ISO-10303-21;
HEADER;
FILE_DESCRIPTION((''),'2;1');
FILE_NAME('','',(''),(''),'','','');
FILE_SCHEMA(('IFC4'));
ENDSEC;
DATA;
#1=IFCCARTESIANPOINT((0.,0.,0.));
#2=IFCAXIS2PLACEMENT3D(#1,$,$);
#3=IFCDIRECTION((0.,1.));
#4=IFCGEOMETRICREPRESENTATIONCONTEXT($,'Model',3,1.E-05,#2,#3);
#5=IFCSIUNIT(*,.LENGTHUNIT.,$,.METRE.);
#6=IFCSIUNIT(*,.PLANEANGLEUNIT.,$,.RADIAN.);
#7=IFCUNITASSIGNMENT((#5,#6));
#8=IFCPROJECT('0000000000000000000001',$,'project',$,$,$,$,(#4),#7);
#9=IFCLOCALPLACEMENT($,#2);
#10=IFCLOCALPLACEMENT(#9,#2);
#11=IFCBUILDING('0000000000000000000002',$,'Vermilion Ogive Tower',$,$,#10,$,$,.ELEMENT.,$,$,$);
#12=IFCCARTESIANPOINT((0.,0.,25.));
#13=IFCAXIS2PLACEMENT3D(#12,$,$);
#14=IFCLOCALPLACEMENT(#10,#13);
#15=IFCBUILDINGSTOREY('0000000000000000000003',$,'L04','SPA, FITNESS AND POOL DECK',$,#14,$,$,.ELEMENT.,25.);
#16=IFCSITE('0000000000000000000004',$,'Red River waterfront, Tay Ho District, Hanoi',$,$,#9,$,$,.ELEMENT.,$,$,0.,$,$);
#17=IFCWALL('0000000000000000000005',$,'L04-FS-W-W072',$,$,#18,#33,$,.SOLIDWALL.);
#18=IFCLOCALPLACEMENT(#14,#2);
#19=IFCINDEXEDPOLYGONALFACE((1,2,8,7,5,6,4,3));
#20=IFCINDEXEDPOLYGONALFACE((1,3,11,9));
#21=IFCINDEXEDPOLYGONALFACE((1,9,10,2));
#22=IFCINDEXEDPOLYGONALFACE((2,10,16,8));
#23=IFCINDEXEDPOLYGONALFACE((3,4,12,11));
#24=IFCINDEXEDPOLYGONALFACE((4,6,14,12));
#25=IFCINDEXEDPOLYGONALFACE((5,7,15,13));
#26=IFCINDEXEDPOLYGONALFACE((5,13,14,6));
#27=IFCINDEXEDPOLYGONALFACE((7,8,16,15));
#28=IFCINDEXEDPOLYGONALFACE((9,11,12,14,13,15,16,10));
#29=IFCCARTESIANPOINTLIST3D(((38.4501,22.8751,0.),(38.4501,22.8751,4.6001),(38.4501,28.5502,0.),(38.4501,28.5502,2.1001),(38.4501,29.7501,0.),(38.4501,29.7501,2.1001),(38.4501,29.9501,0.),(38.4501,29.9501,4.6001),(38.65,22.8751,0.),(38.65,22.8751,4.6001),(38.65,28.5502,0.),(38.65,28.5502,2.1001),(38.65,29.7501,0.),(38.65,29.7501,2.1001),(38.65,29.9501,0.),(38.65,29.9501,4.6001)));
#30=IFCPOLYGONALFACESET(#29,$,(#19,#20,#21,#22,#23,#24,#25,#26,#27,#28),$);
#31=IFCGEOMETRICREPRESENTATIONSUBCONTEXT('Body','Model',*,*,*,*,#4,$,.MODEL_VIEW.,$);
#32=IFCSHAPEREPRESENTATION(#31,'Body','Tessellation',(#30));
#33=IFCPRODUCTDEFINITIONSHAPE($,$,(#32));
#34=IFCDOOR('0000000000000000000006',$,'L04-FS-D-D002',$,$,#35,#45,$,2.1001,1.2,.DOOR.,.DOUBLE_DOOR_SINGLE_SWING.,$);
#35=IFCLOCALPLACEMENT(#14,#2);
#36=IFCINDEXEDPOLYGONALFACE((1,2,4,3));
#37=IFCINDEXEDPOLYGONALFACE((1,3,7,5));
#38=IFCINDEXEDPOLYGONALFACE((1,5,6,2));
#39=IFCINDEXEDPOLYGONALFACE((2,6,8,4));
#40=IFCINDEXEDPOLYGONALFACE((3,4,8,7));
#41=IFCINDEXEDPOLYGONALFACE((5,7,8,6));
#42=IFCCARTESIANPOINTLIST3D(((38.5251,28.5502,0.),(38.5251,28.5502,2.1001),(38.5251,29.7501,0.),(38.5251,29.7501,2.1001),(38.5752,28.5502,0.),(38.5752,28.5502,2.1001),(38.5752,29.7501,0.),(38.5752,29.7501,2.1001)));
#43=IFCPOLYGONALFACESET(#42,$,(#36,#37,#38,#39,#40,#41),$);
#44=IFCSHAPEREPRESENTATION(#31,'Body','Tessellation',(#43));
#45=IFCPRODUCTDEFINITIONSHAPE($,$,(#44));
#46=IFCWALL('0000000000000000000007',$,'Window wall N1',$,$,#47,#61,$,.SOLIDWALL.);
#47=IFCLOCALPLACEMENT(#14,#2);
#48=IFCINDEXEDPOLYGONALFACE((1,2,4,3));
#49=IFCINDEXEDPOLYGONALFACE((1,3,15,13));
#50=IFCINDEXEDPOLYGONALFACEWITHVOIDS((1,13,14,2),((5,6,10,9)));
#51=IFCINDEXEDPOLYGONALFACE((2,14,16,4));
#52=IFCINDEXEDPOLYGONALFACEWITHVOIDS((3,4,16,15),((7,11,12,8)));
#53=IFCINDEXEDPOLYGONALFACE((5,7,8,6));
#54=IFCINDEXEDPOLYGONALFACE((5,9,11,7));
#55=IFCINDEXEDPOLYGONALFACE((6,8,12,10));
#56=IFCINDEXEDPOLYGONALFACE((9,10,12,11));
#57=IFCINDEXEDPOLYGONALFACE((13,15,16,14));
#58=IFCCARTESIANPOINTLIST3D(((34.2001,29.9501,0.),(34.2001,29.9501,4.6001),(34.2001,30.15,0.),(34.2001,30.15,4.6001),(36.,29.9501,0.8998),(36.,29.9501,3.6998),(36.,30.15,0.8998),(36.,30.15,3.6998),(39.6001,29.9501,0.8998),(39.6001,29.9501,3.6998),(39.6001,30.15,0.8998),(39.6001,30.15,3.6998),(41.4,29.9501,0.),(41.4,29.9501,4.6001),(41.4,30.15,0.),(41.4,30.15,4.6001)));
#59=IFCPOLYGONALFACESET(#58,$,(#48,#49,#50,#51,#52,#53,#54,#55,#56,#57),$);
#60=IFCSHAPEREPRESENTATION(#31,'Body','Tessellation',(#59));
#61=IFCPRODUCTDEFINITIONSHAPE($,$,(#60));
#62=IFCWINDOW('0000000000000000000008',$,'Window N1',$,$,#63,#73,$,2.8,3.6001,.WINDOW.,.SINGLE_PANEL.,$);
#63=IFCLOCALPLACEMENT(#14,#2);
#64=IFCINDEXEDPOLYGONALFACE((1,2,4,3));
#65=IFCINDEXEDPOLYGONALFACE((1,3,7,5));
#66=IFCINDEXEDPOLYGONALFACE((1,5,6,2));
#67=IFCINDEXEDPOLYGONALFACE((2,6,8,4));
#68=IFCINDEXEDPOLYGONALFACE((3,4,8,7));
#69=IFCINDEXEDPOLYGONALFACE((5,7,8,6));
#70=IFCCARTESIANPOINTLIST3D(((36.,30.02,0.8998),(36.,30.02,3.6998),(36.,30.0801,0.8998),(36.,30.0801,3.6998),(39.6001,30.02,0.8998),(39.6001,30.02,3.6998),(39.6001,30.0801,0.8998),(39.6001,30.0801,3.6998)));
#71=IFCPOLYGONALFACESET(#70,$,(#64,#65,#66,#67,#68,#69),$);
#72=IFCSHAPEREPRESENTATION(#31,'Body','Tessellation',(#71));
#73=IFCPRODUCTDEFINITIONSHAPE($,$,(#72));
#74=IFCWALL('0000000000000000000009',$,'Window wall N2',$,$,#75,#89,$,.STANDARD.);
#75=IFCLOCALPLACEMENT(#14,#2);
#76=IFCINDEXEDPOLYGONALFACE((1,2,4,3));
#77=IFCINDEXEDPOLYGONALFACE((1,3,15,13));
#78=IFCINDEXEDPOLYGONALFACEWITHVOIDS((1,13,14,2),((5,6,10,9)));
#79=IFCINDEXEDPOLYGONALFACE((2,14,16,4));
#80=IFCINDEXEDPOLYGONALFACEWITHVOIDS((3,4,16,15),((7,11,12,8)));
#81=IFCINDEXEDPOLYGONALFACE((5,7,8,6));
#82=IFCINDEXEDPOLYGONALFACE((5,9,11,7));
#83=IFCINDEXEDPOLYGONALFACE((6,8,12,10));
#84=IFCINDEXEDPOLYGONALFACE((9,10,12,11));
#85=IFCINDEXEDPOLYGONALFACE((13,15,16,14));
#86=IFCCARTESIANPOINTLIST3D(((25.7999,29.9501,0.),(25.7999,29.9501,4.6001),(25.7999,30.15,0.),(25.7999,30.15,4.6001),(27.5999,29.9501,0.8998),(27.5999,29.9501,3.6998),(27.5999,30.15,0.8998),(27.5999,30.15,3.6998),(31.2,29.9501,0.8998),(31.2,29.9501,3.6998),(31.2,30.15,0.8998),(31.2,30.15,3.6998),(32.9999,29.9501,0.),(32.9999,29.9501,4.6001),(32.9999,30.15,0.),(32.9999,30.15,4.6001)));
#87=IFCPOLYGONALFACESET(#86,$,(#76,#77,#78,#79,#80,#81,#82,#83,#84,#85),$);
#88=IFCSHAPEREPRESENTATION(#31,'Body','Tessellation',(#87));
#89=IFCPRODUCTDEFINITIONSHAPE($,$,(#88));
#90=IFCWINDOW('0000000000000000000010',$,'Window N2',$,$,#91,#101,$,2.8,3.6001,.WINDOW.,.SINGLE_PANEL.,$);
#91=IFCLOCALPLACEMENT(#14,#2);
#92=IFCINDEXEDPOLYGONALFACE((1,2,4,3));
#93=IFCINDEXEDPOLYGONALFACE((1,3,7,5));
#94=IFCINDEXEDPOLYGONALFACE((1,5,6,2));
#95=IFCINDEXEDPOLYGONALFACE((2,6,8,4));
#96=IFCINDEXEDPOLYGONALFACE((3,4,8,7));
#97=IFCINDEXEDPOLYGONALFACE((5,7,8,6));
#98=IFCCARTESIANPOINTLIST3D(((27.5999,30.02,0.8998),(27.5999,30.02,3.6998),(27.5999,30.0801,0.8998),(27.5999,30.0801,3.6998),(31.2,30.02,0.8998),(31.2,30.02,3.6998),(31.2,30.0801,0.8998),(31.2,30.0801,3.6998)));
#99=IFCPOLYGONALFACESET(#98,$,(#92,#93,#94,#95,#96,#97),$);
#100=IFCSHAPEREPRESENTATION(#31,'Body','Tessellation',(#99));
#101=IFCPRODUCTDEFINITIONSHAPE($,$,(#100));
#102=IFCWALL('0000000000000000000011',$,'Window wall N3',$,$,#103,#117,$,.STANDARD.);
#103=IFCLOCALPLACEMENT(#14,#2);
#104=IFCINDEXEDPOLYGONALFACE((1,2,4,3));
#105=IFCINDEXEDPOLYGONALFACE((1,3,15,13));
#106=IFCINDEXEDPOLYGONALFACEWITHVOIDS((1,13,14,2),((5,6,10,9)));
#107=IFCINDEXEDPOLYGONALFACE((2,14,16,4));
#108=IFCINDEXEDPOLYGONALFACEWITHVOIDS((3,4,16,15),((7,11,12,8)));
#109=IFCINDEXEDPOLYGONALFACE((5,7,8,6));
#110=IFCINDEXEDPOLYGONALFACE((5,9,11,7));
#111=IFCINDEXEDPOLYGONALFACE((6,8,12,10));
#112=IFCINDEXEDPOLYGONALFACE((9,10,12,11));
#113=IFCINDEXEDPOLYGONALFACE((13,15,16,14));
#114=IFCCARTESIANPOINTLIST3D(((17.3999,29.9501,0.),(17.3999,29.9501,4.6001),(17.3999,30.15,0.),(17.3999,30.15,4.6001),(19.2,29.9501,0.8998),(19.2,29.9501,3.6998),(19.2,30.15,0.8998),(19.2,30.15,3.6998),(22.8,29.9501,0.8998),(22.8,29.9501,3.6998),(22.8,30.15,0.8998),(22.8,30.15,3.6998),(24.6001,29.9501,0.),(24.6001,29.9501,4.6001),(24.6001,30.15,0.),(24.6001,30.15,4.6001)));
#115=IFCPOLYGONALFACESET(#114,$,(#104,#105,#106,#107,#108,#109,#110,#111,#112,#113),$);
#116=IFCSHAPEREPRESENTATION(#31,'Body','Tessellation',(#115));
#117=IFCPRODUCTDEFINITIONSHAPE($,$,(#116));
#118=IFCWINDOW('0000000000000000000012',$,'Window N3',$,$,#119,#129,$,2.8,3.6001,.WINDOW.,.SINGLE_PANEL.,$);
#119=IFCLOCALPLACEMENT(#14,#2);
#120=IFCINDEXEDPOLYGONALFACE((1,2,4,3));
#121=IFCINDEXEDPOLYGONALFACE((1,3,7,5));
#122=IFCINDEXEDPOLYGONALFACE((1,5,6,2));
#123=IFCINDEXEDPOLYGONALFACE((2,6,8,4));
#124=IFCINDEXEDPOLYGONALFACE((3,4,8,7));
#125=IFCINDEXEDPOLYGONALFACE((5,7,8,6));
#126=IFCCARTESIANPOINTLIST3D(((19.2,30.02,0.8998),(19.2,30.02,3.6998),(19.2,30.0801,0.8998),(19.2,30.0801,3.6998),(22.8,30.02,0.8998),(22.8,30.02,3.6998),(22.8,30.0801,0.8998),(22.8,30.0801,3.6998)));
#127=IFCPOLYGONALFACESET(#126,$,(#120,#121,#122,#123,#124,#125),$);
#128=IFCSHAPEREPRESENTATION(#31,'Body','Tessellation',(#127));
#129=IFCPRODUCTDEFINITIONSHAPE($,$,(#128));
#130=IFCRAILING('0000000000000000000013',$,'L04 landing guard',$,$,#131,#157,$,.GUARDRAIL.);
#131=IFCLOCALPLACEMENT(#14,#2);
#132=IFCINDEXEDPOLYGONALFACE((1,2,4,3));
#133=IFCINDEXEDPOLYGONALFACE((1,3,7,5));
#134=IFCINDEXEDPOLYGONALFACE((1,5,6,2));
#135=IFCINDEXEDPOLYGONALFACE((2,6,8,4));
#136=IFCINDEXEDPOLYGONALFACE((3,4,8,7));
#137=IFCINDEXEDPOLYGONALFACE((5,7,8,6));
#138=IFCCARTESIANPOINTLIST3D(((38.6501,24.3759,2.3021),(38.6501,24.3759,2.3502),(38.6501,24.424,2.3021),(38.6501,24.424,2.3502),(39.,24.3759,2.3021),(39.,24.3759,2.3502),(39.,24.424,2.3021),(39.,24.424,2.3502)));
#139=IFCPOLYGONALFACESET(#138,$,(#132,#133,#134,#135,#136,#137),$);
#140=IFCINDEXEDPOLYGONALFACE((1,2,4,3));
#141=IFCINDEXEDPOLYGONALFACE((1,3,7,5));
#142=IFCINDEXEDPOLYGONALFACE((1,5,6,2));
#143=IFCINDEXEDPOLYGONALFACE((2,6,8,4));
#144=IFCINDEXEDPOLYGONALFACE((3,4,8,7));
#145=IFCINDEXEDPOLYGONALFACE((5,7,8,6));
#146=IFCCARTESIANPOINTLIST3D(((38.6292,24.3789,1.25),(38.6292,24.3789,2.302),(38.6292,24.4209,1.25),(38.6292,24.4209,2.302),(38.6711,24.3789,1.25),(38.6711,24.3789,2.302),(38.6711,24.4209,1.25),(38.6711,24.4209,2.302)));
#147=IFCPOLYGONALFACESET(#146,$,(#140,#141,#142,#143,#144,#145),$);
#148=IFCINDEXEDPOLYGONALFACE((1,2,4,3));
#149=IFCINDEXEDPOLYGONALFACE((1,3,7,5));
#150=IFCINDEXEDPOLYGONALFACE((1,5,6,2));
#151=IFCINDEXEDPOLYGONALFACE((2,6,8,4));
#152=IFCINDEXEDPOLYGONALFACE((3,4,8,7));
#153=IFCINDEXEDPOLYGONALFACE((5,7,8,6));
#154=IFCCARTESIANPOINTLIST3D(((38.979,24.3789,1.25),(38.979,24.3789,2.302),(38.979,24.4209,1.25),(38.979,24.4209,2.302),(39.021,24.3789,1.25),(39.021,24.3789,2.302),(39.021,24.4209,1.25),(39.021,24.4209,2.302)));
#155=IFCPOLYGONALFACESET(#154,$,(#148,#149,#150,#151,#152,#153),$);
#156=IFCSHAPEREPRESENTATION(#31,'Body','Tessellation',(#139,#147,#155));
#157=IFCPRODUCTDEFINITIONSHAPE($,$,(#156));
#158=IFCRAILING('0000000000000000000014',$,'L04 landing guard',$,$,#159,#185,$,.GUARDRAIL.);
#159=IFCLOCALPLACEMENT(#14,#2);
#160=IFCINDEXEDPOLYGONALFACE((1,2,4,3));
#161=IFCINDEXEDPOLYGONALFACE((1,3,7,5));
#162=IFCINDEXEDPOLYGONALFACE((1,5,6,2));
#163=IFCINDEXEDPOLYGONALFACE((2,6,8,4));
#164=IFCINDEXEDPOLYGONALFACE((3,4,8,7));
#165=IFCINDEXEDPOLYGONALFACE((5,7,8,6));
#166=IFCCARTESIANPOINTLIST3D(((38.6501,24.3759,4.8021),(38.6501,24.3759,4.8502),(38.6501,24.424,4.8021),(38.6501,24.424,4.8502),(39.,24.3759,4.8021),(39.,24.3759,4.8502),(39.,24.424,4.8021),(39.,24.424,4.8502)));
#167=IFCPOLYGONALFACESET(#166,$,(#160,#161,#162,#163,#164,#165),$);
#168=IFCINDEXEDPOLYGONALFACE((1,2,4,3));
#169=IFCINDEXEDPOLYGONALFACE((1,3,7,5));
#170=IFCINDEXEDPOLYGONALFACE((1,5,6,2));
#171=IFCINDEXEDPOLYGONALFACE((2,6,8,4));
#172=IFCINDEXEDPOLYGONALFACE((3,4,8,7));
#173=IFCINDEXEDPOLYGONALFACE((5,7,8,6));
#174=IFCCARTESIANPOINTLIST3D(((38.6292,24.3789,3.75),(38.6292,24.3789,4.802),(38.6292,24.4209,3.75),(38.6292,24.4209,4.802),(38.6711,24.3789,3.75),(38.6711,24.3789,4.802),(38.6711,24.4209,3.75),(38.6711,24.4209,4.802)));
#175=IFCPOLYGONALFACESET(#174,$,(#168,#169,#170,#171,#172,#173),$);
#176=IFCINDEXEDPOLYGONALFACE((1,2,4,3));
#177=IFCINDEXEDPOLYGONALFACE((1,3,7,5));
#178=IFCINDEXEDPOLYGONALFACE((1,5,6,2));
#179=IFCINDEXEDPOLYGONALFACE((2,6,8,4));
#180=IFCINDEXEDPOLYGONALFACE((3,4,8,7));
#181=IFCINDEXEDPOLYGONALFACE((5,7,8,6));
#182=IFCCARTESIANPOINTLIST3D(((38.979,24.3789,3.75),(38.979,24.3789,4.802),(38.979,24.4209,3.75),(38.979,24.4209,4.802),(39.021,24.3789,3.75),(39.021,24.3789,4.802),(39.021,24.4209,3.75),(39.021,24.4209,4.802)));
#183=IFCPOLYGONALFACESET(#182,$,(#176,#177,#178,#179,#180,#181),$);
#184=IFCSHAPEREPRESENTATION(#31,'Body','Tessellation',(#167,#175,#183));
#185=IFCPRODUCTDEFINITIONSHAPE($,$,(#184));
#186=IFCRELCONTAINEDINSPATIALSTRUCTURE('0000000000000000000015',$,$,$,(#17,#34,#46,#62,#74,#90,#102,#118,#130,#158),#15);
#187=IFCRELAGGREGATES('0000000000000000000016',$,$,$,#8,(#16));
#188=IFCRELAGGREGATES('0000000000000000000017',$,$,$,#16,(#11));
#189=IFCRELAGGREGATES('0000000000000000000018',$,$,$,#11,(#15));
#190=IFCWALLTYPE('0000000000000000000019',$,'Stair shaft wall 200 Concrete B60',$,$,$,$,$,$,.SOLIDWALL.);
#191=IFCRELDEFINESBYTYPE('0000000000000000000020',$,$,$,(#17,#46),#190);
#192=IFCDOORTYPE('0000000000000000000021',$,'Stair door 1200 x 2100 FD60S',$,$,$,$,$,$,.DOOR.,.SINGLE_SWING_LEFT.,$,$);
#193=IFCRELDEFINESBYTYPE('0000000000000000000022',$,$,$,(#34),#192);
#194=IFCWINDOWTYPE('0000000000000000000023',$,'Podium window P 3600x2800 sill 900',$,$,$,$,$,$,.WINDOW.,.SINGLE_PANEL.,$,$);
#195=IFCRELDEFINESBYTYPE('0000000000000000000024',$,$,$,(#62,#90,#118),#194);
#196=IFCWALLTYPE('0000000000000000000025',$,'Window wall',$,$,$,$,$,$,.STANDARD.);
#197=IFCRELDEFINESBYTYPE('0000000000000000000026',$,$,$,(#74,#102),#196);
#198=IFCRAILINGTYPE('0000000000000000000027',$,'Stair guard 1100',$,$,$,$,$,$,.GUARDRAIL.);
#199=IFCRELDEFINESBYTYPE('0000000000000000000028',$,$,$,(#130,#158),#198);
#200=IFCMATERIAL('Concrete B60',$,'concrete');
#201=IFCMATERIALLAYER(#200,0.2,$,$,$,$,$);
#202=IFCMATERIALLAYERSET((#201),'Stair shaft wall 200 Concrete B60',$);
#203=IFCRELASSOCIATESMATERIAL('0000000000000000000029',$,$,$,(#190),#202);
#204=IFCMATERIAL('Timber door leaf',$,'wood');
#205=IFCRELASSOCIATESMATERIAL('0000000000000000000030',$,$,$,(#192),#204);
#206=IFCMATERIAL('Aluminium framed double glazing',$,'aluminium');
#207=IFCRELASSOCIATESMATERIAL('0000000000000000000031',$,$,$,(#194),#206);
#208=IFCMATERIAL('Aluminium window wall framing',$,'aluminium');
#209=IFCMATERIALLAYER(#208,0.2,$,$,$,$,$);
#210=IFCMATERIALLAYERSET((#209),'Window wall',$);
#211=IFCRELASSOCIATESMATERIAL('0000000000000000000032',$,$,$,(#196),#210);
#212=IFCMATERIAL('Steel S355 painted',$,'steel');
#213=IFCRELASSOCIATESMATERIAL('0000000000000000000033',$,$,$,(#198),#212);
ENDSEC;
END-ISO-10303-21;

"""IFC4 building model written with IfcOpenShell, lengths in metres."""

from ifc_helpers import new_model, si_unit, direction, frame, frame_2d, origin, origin_2d, place, context, subcontext, project, spatial, rectangle, extrude, material, layer, layer_set, type_object, element, fill, save


model = new_model("IFC4")

# Units and contexts
model_context = context("Model", 3, precision=1e-05, world=origin(), true_north=direction((0.0, 1.0)))
body_context = subcontext(model_context, "Body", "Model", "MODEL_VIEW")
ifc_project = project(units=[si_unit("LENGTHUNIT", "METRE"), si_unit("PLANEANGLEUNIT", "RADIAN")], contexts=[model_context])

# Site, building, storey
site_placement = place(None, origin())
site = spatial("IfcSite", under=ifc_project, at=site_placement, Name="Red River waterfront, Tay Ho District, Hanoi", CompositionType="ELEMENT", RefElevation=0.0)
building_placement = place(site_placement, origin())
building = spatial("IfcBuilding", under=site, at=building_placement, Name="Vermilion Ogive Tower", CompositionType="ELEMENT")
storey_placement = place(building_placement, frame((0.0, 0.0, 25.0)))
storey = spatial("IfcBuildingStorey", under=building, at=storey_placement, Name="L04", Description="SPA, FITNESS AND POOL DECK", CompositionType="ELEMENT", Elevation=25.0)

# Wall, opening, door
ifc_material_1 = material(Name="Concrete B60", Category="concrete")
ifc_layer_1 = layer(ifc_material_1, 0.2)
ifc_layer_set_1 = layer_set([ifc_layer_1], Name="Stair shaft wall 200 Concrete B60")
wall_type_1 = type_object("IfcWallType", Name="Stair shaft wall 200 Concrete B60", PredefinedType="SOLIDWALL", material=ifc_layer_set_1)
ifc_material_2 = material(Name="Timber door leaf", Category="wood")
door_type_1 = type_object("IfcDoorType", Name="Stair door 1200 x 2100 FD60S", OperationType="SINGLE_SWING_LEFT", PredefinedType="DOOR", material=ifc_material_2)
wall_1_placement = place(storey_placement, frame((38.55, 22.875, 0.0), z_axis=(0.0, 0.0, 1.0), x_axis=(0.0, 1.0, 0.0)))
wall_1 = element("IfcWall", 1, at=wall_1_placement, inside=storey, type_object=wall_type_1, Name="L04-FS-W-W072", PredefinedType="SOLIDWALL", context=body_context, shape_type="SweptSolid", body=[
    extrude(rectangle(XDim=7.075, YDim=0.2, at=frame_2d((3.5376, 0.0))), origin(), (0.0, 0.0, 1.0), 4.6001),
])
opening_1_placement = place(wall_1_placement, frame((5.675, 0.0, 0.0)))
opening_1 = element("IfcOpeningElement", 2, at=opening_1_placement, cuts=wall_1, PredefinedType="OPENING", context=body_context, shape_type="SweptSolid", body=[
    extrude(rectangle(XDim=1.2, YDim=2.1001, at=frame_2d((0.6001, 1.05))), frame((0.0, 0.1099, 0.0), z_axis=(0.0, -1.0, 0.0), x_axis=(1.0, 0.0, 0.0)), (0.0, 0.0, 1.0), 0.22),
])
door_1_placement = place(opening_1_placement, origin())
door_1 = element("IfcDoor", 3, at=door_1_placement, inside=storey, type_object=door_type_1, Name="L04-FS-D-D002", OperationType="DOUBLE_DOOR_SINGLE_SWING", OverallHeight=2.1001, OverallWidth=1.2, PredefinedType="DOOR", context=body_context, shape_type="SweptSolid", body=[
    extrude(rectangle(XDim=1.2, YDim=2.1001, at=frame_2d((0.6001, 1.05))), frame((0.0, 0.0249, 0.0), z_axis=(0.0, -1.0, 0.0), x_axis=(1.0, 0.0, 0.0)), (0.0, 0.0, 1.0), 0.05),
])
fill(opening_1, door_1)

# Walls, openings, windows
wall_2_placement = place(storey_placement, frame((34.2, 30.05, 0.0), z_axis=(0.0, 0.0, 1.0), x_axis=(1.0, 0.0, 0.0)))
wall_2 = element("IfcWall", 4, at=wall_2_placement, inside=storey, type_object=wall_type_1, Name="Window wall N1", PredefinedType="SOLIDWALL", context=body_context, shape_type="SweptSolid", body=[
    extrude(rectangle(XDim=7.2, YDim=0.2, at=frame_2d((3.6001, 0.0))), origin(), (0.0, 0.0, 1.0), 4.6001),
])
opening_2_placement = place(wall_2_placement, frame((1.8, 0.0, 0.8999)))
opening_2 = element("IfcOpeningElement", 5, at=opening_2_placement, cuts=wall_2, PredefinedType="OPENING", context=body_context, shape_type="SweptSolid", body=[
    extrude(rectangle(XDim=3.6001, YDim=2.8, at=frame_2d((1.8, 1.3999))), frame((0.0, 0.1099, 0.0), z_axis=(0.0, -1.0, 0.0), x_axis=(1.0, 0.0, 0.0)), (0.0, 0.0, 1.0), 0.22),
])
ifc_material_3 = material(Name="Aluminium framed double glazing", Category="aluminium")
window_type = type_object("IfcWindowType", Name="Podium window P 3600x2800 sill 900", PartitioningType="SINGLE_PANEL", PredefinedType="WINDOW", material=ifc_material_3)
window_1_placement = place(opening_2_placement, origin())
window_1 = element("IfcWindow", 6, at=window_1_placement, inside=storey, type_object=window_type, Name="Window N1", OverallHeight=2.8, OverallWidth=3.6001, PartitioningType="SINGLE_PANEL", PredefinedType="WINDOW", context=body_context, shape_type="SweptSolid", body=[
    extrude(rectangle(XDim=3.6001, YDim=2.8, at=frame_2d((1.8, 1.3999))), frame((0.0, 0.03, 0.0), z_axis=(0.0, -1.0, 0.0), x_axis=(1.0, 0.0, 0.0)), (0.0, 0.0, 1.0), 0.0601),
])
fill(opening_2, window_1)
ifc_material_4 = material(Name="Aluminium window wall framing", Category="aluminium")
ifc_layer_2 = layer(ifc_material_4, 0.2)
ifc_layer_set_2 = layer_set([ifc_layer_2], Name="Window wall")
wall_type_2 = type_object("IfcWallType", Name="Window wall", PredefinedType="STANDARD", material=ifc_layer_set_2)
wall_3_placement = place(storey_placement, frame((33.0, 30.05, 0.0), z_axis=(0.0, 0.0, 1.0), x_axis=(-1.0, 0.0, 0.0)))
wall_3 = element("IfcWall", 7, at=wall_3_placement, inside=storey, type_object=wall_type_2, Name="Window wall N2", PredefinedType="STANDARD", context=body_context, shape_type="SweptSolid", body=[
    extrude(rectangle(XDim=7.2, YDim=0.2, at=frame_2d((3.6001, 0.0))), origin(), (0.0, 0.0, 1.0), 4.6001),
])
opening_3_placement = place(wall_3_placement, frame((1.8, 0.0, 0.8999)))
opening_3 = element("IfcOpeningElement", 8, at=opening_3_placement, cuts=wall_3, PredefinedType="OPENING", context=body_context, shape_type="SweptSolid", body=[
    extrude(rectangle(XDim=3.6001, YDim=2.8, at=frame_2d((1.8, 1.3999))), frame((0.0, 0.1099, 0.0), z_axis=(0.0, -1.0, 0.0), x_axis=(1.0, 0.0, 0.0)), (0.0, 0.0, 1.0), 0.22),
])
window_2_placement = place(opening_3_placement, origin())
window_2 = element("IfcWindow", 9, at=window_2_placement, inside=storey, type_object=window_type, Name="Window N2", OverallHeight=2.8, OverallWidth=3.6001, PartitioningType="SINGLE_PANEL", PredefinedType="WINDOW", context=body_context, shape_type="SweptSolid", body=[
    extrude(rectangle(XDim=3.6001, YDim=2.8, at=frame_2d((1.8, 1.3999))), frame((0.0, 0.03, 0.0), z_axis=(0.0, -1.0, 0.0), x_axis=(1.0, 0.0, 0.0)), (0.0, 0.0, 1.0), 0.0601),
])
fill(opening_3, window_2)
wall_4_placement = place(storey_placement, frame((24.6001, 30.05, 0.0), z_axis=(0.0, 0.0, 1.0), x_axis=(-1.0, 0.0, 0.0)))
wall_4 = element("IfcWall", 10, at=wall_4_placement, inside=storey, type_object=wall_type_2, Name="Window wall N3", PredefinedType="STANDARD", context=body_context, shape_type="SweptSolid", body=[
    extrude(rectangle(XDim=7.2002, YDim=0.2, at=frame_2d((3.6001, 0.0))), origin(), (0.0, 0.0, 1.0), 4.6001),
])
opening_4_placement = place(wall_4_placement, frame((1.8, 0.0, 0.8999)))
opening_4 = element("IfcOpeningElement", 11, at=opening_4_placement, cuts=wall_4, PredefinedType="OPENING", context=body_context, shape_type="SweptSolid", body=[
    extrude(rectangle(XDim=3.6001, YDim=2.8, at=frame_2d((1.8, 1.3999))), frame((0.0, 0.1099, 0.0), z_axis=(0.0, -1.0, 0.0), x_axis=(1.0, 0.0, 0.0)), (0.0, 0.0, 1.0), 0.22),
])
window_3_placement = place(opening_4_placement, origin())
window_3 = element("IfcWindow", 12, at=window_3_placement, inside=storey, type_object=window_type, Name="Window N3", OverallHeight=2.8, OverallWidth=3.6001, PartitioningType="SINGLE_PANEL", PredefinedType="WINDOW", context=body_context, shape_type="SweptSolid", body=[
    extrude(rectangle(XDim=3.6001, YDim=2.8, at=frame_2d((1.8, 1.3999))), frame((0.0, 0.03, 0.0), z_axis=(0.0, -1.0, 0.0), x_axis=(1.0, 0.0, 0.0)), (0.0, 0.0, 1.0), 0.0601),
])
fill(opening_4, window_3)

# Railings
ifc_material_5 = material(Name="Steel S355 painted", Category="steel")
railing_type = type_object("IfcRailingType", Name="Stair guard 1100", PredefinedType="GUARDRAIL", material=ifc_material_5)
for number, where, name in (
    (13, (38.6501, 24.3999, 1.25), "L04 landing guard"),
    (14, (38.6501, 24.3999, 3.75), "L04 landing guard"),
):
    element("IfcRailing", number, at=place(storey_placement, frame(where)), inside=storey, type_object=railing_type, Name=name, PredefinedType="GUARDRAIL", context=body_context, shape_type="SweptSolid", body=[
        extrude(rectangle(XDim=0.0481, YDim=0.0481, at=origin_2d()), frame((0.0, 0.0, 1.0762), z_axis=(1.0, 0.0, 0.0), x_axis=(0.0, 1.0, 0.0)), (0.0, 0.0, 1.0), 0.3499),
        extrude(rectangle(XDim=0.042, YDim=0.042, at=origin_2d()), origin(), (0.0, 0.0, 1.0), 1.052),
        extrude(rectangle(XDim=0.042, YDim=0.042, at=origin_2d()), frame((0.3499, 0.0, 0.0)), (0.0, 0.0, 1.0), 1.052),
    ])

save(model, "model.ifc")
